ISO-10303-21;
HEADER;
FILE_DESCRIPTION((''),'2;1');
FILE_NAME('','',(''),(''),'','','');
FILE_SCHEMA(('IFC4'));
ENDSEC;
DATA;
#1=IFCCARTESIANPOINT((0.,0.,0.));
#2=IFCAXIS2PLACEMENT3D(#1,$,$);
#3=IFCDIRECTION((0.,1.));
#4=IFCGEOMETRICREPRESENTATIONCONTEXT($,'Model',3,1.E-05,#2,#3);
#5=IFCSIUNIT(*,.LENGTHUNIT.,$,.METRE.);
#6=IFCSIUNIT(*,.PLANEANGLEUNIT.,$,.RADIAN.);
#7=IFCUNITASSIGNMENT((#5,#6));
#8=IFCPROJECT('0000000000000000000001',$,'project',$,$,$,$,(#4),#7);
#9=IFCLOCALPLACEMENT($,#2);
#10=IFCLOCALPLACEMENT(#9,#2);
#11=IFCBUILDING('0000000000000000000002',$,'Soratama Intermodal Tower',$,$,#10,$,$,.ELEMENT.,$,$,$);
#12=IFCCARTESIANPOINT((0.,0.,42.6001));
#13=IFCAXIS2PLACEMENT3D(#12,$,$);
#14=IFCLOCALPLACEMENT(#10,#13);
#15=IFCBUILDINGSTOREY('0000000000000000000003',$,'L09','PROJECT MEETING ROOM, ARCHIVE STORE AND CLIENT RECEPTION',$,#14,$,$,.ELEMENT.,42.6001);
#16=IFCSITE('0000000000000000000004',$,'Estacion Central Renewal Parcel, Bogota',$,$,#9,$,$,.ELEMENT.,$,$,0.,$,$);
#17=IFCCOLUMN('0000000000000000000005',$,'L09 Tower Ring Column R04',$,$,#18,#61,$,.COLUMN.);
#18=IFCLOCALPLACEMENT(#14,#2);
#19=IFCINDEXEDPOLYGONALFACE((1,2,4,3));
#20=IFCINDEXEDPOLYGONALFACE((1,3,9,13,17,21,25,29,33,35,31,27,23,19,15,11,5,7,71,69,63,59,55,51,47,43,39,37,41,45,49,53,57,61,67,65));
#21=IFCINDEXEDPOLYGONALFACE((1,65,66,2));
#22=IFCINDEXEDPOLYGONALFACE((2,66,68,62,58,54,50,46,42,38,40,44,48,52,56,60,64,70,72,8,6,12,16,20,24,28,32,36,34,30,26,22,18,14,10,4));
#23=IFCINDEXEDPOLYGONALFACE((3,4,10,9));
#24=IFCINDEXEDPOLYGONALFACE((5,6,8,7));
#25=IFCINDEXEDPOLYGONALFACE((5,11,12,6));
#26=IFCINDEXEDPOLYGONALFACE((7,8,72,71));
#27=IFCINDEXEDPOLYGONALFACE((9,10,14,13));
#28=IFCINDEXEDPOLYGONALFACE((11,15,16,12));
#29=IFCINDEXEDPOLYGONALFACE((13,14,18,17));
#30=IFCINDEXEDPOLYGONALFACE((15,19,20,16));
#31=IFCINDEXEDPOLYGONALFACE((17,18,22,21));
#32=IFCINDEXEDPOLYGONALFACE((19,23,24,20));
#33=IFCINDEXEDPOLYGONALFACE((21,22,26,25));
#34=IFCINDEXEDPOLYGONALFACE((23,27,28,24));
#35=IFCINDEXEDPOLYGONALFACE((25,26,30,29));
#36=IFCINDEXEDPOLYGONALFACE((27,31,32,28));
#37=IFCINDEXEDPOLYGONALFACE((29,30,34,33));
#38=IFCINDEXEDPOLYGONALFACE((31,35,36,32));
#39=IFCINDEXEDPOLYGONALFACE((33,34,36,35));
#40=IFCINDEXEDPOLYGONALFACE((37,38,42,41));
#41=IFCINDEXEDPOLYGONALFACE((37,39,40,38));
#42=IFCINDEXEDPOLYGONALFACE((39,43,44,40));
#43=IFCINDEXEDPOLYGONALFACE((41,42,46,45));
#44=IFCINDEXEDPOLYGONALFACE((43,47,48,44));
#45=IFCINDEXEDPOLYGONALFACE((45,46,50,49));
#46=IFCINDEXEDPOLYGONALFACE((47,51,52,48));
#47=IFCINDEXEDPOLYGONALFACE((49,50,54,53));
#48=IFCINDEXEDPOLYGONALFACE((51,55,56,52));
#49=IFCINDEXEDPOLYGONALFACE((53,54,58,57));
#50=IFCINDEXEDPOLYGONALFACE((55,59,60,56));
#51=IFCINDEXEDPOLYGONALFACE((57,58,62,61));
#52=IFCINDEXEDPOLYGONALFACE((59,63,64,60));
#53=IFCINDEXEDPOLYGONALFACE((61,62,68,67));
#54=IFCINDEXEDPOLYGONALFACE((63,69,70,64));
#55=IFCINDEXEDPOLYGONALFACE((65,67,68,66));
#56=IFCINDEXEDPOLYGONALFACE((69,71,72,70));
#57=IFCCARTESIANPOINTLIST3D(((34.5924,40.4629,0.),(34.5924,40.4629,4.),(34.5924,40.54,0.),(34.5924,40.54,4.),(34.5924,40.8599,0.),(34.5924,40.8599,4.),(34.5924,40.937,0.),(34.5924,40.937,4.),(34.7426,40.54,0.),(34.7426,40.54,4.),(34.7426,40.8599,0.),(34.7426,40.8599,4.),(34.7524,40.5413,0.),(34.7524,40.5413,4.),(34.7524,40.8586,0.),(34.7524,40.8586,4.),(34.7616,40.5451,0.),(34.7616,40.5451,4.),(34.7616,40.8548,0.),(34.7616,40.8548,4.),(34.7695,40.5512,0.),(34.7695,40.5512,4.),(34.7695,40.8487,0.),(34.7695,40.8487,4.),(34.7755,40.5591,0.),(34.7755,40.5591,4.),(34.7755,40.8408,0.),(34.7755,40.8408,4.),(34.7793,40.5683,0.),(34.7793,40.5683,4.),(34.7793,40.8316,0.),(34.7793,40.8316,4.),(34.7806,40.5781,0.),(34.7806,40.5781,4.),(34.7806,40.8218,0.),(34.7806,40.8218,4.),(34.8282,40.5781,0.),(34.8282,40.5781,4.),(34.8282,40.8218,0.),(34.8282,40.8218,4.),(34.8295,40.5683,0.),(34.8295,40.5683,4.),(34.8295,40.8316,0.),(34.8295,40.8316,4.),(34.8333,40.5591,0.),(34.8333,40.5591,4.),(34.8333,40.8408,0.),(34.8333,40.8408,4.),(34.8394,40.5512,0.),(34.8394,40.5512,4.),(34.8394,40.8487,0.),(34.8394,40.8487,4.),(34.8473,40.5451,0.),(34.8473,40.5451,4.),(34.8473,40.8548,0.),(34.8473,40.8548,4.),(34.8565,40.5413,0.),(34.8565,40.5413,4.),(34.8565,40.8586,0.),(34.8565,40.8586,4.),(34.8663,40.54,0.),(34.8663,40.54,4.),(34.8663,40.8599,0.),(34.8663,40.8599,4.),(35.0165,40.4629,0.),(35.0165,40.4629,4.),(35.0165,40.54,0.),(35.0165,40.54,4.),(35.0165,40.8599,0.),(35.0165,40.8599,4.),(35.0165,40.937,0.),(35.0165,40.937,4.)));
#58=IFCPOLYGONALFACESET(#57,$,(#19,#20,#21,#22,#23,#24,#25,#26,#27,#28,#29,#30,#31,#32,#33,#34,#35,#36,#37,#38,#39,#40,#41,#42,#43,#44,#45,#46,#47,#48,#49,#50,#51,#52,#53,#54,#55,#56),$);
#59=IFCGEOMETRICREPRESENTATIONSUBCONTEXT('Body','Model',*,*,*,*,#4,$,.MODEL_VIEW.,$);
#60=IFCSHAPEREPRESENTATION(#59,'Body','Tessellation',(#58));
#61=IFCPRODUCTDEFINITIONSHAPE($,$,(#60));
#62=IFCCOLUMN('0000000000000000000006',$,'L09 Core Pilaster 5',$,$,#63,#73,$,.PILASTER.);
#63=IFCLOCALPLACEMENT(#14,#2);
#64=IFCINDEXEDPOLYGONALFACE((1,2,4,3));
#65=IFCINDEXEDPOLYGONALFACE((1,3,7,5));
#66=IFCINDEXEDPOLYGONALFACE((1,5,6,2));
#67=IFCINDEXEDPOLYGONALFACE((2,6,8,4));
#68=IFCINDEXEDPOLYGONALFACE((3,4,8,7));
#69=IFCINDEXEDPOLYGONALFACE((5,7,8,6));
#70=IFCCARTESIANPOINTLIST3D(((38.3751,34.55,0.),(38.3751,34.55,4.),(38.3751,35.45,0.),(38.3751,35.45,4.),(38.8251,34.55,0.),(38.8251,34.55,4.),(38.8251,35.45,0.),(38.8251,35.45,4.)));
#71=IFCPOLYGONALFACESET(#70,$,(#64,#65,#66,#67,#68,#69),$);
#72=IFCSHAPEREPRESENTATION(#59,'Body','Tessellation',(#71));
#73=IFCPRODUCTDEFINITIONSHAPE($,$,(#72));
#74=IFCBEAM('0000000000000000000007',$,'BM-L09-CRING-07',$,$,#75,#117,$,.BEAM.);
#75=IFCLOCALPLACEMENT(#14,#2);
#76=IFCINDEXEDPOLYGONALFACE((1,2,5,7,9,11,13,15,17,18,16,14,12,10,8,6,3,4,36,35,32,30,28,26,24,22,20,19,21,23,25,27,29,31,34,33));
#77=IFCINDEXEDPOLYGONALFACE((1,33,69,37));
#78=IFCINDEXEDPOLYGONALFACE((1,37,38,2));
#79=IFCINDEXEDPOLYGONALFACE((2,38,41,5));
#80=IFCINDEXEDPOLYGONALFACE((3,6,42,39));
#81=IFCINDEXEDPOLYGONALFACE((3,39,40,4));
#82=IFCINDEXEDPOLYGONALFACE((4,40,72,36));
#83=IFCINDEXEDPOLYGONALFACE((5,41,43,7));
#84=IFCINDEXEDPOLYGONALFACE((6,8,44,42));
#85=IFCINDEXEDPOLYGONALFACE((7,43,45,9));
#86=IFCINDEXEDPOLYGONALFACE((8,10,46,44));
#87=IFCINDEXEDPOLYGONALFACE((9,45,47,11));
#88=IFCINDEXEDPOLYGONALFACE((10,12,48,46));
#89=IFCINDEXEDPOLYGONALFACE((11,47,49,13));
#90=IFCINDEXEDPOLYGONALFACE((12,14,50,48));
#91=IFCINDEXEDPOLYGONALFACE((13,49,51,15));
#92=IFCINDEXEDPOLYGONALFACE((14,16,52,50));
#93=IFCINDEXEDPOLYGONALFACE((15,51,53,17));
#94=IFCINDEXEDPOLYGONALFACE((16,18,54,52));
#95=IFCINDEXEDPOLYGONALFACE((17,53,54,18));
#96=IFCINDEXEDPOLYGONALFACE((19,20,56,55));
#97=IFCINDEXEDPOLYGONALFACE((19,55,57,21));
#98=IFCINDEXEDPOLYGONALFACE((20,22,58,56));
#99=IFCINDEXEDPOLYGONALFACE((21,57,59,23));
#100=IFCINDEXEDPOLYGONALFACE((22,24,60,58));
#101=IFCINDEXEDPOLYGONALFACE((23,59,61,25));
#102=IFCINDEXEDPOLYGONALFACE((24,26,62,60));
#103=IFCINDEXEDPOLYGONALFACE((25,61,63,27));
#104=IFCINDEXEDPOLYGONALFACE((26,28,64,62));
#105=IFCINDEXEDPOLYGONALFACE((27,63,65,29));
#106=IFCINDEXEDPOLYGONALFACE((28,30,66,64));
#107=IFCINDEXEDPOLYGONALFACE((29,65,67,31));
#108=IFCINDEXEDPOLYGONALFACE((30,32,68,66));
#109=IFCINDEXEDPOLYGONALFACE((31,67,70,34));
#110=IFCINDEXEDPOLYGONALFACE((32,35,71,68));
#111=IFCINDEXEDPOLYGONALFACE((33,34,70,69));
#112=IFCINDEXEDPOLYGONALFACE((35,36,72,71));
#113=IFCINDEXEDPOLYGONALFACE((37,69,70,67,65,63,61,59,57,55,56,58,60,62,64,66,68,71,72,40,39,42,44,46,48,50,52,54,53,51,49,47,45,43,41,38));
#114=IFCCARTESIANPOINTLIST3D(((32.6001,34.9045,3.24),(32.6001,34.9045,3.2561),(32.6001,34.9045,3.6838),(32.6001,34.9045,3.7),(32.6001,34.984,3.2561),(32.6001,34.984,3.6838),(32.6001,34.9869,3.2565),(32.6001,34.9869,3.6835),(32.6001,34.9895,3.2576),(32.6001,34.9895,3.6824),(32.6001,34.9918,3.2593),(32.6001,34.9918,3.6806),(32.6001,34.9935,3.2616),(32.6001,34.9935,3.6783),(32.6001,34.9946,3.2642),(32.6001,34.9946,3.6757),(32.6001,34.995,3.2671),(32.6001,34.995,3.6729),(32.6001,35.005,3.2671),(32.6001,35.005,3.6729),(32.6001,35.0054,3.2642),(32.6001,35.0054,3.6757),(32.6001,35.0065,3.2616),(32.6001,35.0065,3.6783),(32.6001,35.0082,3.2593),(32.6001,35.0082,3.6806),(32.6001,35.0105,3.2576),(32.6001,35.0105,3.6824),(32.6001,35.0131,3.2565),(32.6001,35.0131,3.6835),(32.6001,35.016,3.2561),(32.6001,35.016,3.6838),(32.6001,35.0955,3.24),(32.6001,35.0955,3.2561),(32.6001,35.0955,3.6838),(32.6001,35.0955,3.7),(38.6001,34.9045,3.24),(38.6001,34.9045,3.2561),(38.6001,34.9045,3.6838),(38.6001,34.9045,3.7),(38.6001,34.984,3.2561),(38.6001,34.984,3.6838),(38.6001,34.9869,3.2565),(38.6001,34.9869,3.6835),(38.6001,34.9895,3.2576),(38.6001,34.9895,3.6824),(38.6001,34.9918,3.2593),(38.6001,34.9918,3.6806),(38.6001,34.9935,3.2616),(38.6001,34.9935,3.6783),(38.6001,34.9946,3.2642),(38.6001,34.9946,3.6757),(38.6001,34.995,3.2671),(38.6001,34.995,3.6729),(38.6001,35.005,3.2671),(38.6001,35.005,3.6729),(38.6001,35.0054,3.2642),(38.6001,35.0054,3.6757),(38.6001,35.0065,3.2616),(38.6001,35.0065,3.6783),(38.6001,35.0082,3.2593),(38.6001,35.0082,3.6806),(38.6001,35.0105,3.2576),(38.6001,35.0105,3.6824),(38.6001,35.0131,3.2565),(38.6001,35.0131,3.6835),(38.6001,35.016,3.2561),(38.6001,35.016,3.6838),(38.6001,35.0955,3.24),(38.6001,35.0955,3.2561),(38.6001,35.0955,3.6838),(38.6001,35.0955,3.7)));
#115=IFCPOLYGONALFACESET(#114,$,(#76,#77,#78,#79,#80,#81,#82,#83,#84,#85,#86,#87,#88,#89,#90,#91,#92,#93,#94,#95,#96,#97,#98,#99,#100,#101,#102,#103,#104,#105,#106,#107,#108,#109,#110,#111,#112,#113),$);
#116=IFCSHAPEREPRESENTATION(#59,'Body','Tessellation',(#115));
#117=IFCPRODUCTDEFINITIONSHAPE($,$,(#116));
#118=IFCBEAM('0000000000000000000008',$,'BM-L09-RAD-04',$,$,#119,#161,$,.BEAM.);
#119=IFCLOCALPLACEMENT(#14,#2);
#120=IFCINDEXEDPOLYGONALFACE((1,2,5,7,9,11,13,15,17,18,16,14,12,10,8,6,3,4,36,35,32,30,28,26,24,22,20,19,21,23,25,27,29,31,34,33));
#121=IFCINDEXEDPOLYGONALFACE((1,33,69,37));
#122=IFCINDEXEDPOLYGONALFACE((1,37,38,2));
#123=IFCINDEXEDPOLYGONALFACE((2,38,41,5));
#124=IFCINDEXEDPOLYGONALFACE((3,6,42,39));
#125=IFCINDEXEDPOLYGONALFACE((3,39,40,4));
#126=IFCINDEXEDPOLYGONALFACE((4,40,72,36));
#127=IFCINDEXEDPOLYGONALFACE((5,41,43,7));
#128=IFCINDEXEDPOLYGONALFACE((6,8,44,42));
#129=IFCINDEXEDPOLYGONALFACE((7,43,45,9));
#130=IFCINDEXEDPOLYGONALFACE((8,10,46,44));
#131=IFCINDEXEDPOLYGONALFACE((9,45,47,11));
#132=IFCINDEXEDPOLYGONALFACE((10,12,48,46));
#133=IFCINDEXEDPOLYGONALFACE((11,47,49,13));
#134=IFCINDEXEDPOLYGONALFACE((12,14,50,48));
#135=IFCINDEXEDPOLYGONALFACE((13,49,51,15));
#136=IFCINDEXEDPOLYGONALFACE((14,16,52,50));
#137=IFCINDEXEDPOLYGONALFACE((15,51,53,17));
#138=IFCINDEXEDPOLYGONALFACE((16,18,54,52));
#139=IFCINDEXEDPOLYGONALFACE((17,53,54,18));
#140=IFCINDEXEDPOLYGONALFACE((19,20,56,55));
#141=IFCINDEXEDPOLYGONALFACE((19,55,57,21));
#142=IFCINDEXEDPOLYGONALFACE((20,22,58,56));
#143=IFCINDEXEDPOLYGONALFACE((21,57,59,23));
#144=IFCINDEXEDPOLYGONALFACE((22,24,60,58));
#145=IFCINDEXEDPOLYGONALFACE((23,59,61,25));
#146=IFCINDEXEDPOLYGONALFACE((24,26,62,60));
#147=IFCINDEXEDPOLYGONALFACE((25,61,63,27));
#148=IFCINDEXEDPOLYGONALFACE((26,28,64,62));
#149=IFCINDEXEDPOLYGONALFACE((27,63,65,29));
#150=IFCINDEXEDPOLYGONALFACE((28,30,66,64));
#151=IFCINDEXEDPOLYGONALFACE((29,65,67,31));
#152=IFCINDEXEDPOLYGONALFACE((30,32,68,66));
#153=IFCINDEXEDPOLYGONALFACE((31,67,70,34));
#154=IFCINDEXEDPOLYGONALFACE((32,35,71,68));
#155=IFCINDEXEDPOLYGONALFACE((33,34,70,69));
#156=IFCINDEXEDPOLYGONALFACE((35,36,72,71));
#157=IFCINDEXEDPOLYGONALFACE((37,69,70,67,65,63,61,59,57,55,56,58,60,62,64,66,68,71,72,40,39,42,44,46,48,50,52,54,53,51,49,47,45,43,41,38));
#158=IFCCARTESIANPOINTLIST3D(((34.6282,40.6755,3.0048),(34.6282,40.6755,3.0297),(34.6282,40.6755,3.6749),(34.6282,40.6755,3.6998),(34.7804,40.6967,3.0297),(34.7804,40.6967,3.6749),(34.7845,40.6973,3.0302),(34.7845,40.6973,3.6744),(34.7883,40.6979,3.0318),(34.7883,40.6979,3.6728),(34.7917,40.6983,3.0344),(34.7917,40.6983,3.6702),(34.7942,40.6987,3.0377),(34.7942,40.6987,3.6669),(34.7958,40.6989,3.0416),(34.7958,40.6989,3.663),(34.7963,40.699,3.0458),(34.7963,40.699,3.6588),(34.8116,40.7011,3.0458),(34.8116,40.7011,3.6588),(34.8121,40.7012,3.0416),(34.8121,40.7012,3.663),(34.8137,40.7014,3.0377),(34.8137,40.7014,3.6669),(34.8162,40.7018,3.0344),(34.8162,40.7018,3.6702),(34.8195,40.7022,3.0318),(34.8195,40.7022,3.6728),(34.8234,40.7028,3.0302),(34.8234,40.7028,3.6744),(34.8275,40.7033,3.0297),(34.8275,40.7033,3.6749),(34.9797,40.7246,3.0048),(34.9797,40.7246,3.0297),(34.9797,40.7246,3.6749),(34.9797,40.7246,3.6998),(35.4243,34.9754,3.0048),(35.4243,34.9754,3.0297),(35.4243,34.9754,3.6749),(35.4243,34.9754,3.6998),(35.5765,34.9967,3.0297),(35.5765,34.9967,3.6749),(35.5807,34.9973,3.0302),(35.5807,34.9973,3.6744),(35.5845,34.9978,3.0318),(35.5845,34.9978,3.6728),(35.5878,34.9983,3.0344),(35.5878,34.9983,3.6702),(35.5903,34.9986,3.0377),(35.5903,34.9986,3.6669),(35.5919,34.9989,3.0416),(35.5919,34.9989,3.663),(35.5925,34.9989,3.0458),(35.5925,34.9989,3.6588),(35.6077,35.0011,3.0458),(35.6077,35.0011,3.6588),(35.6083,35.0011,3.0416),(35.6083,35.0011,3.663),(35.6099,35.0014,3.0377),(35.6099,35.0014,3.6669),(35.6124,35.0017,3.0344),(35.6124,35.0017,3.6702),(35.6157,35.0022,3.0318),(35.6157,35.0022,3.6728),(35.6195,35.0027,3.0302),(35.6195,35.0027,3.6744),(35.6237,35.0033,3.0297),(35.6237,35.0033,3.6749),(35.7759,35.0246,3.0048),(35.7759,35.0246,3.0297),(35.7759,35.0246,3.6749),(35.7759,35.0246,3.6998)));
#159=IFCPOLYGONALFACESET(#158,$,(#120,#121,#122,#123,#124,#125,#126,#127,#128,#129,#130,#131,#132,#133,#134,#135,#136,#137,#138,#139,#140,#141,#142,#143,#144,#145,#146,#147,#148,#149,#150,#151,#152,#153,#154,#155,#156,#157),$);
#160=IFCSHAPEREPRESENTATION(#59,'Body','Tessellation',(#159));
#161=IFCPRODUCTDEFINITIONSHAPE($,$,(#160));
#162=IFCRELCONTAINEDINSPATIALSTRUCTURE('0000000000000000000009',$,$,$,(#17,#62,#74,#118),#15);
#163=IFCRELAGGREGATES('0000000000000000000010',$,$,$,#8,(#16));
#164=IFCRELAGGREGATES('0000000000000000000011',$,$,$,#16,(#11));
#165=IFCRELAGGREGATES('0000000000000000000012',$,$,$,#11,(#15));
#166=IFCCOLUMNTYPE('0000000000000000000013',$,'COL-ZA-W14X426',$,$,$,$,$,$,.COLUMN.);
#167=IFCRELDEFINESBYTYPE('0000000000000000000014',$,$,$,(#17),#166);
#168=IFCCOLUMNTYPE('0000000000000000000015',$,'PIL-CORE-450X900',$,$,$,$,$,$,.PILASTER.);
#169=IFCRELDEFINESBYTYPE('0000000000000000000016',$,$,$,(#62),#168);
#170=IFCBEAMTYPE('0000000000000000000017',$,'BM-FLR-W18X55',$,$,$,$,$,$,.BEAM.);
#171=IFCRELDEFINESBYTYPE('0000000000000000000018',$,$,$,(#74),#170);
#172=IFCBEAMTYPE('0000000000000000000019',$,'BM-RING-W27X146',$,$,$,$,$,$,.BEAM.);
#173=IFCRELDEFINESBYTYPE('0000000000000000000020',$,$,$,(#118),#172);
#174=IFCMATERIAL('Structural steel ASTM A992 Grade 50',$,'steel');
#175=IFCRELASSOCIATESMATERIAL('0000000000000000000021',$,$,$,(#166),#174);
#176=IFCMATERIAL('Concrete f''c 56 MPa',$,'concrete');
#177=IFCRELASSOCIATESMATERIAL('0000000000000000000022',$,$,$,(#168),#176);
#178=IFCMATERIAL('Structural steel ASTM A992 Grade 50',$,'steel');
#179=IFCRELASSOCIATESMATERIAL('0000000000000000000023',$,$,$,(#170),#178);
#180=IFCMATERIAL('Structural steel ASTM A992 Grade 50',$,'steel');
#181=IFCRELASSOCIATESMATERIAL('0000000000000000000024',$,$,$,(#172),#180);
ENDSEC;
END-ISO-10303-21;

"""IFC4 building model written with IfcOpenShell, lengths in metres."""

from ifc_helpers import new_model, si_unit, direction, frame, origin, origin_2d, place, context, subcontext, project, spatial, rectangle, i_section, extrude, material, material_profile, profile_set, type_object, element, save


model = new_model("IFC4")

# Units and contexts
model_context = context("Model", 3, precision=1e-05, world=origin(), true_north=direction((0.0, 1.0)))
body_context = subcontext(model_context, "Body", "Model", "MODEL_VIEW")
ifc_project = project(units=[si_unit("LENGTHUNIT", "METRE"), si_unit("PLANEANGLEUNIT", "RADIAN")], contexts=[model_context])

# Site, building, storey
site_placement = place(None, origin())
site = spatial("IfcSite", under=ifc_project, at=site_placement, Name="Estacion Central Renewal Parcel, Bogota", CompositionType="ELEMENT", RefElevation=0.0)
building_placement = place(site_placement, origin())
building = spatial("IfcBuilding", under=site, at=building_placement, Name="Soratama Intermodal Tower", CompositionType="ELEMENT")
storey_placement = place(building_placement, frame((0.0, 0.0, 42.6001)))
storey = spatial("IfcBuildingStorey", under=building, at=storey_placement, Name="L09", Description="PROJECT MEETING ROOM, ARCHIVE STORE AND CLIENT RECEPTION", CompositionType="ELEMENT", Elevation=42.6001)

# Columns
ifc_material_1 = material(Name="Structural steel ASTM A992 Grade 50", Category="steel")
ifc_material_profile_1 = material_profile(ifc_material_1, i_section(OverallWidth=0.4241, OverallDepth=0.4741, WebThickness=0.0476, FlangeThickness=0.0771, FilletRadius=0.0381, at=origin_2d()), Name="W14X426")
ifc_profile_set_1 = profile_set([ifc_material_profile_1], Name="Structural steel ASTM A992 Grade 50")
column_type_1 = type_object("IfcColumnType", Name="COL-ZA-W14X426", PredefinedType="COLUMN", material=ifc_profile_set_1)
column_1_placement = place(storey_placement, frame((34.8044, 40.7, 0.0), z_axis=(0.0, 0.0, 1.0), x_axis=(1.0, 0.0, 0.0)))
element("IfcColumn", 1, at=column_1_placement, inside=storey, type_object=column_type_1, Name="L09 Tower Ring Column R04", PredefinedType="COLUMN", context=body_context, shape_type="SweptSolid", body=[
    extrude(i_section(OverallWidth=0.4241, OverallDepth=0.4741, WebThickness=0.0476, FlangeThickness=0.0771, FilletRadius=0.0381, at=origin_2d()), origin(), (0.0, 0.0, 1.0), 4.0),
])
ifc_material_2 = material(Name="Concrete f'c 56 MPa", Category="concrete")
ifc_material_profile_2 = material_profile(ifc_material_2, rectangle(XDim=0.45, YDim=0.8999, at=origin_2d()), Name="RC450X900")
ifc_profile_set_2 = profile_set([ifc_material_profile_2], Name="Concrete f'c 56 MPa")
column_type_2 = type_object("IfcColumnType", Name="PIL-CORE-450X900", PredefinedType="PILASTER", material=ifc_profile_set_2)
column_2_placement = place(storey_placement, frame((38.6001, 35.0, 0.0), z_axis=(0.0, 0.0, 1.0), x_axis=(1.0, 0.0, 0.0)))
element("IfcColumn", 2, at=column_2_placement, inside=storey, type_object=column_type_2, Name="L09 Core Pilaster 5", PredefinedType="PILASTER", context=body_context, shape_type="SweptSolid", body=[
    extrude(rectangle(XDim=0.45, YDim=0.8999, at=origin_2d()), origin(), (0.0, 0.0, 1.0), 4.0),
])

# Beams
ifc_material_3 = material(Name="Structural steel ASTM A992 Grade 50", Category="steel")
ifc_material_profile_3 = material_profile(ifc_material_3, i_section(OverallWidth=0.1909, OverallDepth=0.46, WebThickness=0.01, FlangeThickness=0.0161, FilletRadius=0.011, at=origin_2d()), Name="W18X55")
ifc_profile_set_3 = profile_set([ifc_material_profile_3], Name="Structural steel ASTM A992 Grade 50")
beam_type_1 = type_object("IfcBeamType", Name="BM-FLR-W18X55", PredefinedType="BEAM", material=ifc_profile_set_3)
beam_1_placement = place(storey_placement, frame((38.6001, 35.0, 3.47), z_axis=(-1.0, 0.0, 0.0), x_axis=(0.0, -1.0, 0.0)))
element("IfcBeam", 3, at=beam_1_placement, inside=storey, type_object=beam_type_1, Name="BM-L09-CRING-07", PredefinedType="BEAM", context=body_context, shape_type="SweptSolid", body=[
    extrude(i_section(OverallWidth=0.1909, OverallDepth=0.46, WebThickness=0.01, FlangeThickness=0.0161, FilletRadius=0.011, at=origin_2d()), origin(), (0.0, 0.0, 1.0), 6.0),
])
ifc_material_4 = material(Name="Structural steel ASTM A992 Grade 50", Category="steel")
ifc_material_profile_4 = material_profile(ifc_material_4, i_section(OverallWidth=0.355, OverallDepth=0.6951, WebThickness=0.0154, FlangeThickness=0.0249, FilletRadius=0.0161, at=origin_2d()), Name="W27X146")
ifc_profile_set_4 = profile_set([ifc_material_profile_4], Name="Structural steel ASTM A992 Grade 50")
beam_type_2 = type_object("IfcBeamType", Name="BM-RING-W27X146", PredefinedType="BEAM", material=ifc_profile_set_4)
beam_2_placement = place(storey_placement, frame((35.6001, 35.0, 3.3523), z_axis=(-0.138332, 0.990386, 0.0), x_axis=(-0.990386, -0.138332, 0.0)))
element("IfcBeam", 4, at=beam_2_placement, inside=storey, type_object=beam_type_2, Name="BM-L09-RAD-04", PredefinedType="BEAM", context=body_context, shape_type="SweptSolid", body=[
    extrude(i_section(OverallWidth=0.355, OverallDepth=0.6951, WebThickness=0.0154, FlangeThickness=0.0249, FilletRadius=0.0161, at=origin_2d()), origin(), (0.0, 0.0, 1.0), 5.7554),
])

save(model, "model.ifc")
